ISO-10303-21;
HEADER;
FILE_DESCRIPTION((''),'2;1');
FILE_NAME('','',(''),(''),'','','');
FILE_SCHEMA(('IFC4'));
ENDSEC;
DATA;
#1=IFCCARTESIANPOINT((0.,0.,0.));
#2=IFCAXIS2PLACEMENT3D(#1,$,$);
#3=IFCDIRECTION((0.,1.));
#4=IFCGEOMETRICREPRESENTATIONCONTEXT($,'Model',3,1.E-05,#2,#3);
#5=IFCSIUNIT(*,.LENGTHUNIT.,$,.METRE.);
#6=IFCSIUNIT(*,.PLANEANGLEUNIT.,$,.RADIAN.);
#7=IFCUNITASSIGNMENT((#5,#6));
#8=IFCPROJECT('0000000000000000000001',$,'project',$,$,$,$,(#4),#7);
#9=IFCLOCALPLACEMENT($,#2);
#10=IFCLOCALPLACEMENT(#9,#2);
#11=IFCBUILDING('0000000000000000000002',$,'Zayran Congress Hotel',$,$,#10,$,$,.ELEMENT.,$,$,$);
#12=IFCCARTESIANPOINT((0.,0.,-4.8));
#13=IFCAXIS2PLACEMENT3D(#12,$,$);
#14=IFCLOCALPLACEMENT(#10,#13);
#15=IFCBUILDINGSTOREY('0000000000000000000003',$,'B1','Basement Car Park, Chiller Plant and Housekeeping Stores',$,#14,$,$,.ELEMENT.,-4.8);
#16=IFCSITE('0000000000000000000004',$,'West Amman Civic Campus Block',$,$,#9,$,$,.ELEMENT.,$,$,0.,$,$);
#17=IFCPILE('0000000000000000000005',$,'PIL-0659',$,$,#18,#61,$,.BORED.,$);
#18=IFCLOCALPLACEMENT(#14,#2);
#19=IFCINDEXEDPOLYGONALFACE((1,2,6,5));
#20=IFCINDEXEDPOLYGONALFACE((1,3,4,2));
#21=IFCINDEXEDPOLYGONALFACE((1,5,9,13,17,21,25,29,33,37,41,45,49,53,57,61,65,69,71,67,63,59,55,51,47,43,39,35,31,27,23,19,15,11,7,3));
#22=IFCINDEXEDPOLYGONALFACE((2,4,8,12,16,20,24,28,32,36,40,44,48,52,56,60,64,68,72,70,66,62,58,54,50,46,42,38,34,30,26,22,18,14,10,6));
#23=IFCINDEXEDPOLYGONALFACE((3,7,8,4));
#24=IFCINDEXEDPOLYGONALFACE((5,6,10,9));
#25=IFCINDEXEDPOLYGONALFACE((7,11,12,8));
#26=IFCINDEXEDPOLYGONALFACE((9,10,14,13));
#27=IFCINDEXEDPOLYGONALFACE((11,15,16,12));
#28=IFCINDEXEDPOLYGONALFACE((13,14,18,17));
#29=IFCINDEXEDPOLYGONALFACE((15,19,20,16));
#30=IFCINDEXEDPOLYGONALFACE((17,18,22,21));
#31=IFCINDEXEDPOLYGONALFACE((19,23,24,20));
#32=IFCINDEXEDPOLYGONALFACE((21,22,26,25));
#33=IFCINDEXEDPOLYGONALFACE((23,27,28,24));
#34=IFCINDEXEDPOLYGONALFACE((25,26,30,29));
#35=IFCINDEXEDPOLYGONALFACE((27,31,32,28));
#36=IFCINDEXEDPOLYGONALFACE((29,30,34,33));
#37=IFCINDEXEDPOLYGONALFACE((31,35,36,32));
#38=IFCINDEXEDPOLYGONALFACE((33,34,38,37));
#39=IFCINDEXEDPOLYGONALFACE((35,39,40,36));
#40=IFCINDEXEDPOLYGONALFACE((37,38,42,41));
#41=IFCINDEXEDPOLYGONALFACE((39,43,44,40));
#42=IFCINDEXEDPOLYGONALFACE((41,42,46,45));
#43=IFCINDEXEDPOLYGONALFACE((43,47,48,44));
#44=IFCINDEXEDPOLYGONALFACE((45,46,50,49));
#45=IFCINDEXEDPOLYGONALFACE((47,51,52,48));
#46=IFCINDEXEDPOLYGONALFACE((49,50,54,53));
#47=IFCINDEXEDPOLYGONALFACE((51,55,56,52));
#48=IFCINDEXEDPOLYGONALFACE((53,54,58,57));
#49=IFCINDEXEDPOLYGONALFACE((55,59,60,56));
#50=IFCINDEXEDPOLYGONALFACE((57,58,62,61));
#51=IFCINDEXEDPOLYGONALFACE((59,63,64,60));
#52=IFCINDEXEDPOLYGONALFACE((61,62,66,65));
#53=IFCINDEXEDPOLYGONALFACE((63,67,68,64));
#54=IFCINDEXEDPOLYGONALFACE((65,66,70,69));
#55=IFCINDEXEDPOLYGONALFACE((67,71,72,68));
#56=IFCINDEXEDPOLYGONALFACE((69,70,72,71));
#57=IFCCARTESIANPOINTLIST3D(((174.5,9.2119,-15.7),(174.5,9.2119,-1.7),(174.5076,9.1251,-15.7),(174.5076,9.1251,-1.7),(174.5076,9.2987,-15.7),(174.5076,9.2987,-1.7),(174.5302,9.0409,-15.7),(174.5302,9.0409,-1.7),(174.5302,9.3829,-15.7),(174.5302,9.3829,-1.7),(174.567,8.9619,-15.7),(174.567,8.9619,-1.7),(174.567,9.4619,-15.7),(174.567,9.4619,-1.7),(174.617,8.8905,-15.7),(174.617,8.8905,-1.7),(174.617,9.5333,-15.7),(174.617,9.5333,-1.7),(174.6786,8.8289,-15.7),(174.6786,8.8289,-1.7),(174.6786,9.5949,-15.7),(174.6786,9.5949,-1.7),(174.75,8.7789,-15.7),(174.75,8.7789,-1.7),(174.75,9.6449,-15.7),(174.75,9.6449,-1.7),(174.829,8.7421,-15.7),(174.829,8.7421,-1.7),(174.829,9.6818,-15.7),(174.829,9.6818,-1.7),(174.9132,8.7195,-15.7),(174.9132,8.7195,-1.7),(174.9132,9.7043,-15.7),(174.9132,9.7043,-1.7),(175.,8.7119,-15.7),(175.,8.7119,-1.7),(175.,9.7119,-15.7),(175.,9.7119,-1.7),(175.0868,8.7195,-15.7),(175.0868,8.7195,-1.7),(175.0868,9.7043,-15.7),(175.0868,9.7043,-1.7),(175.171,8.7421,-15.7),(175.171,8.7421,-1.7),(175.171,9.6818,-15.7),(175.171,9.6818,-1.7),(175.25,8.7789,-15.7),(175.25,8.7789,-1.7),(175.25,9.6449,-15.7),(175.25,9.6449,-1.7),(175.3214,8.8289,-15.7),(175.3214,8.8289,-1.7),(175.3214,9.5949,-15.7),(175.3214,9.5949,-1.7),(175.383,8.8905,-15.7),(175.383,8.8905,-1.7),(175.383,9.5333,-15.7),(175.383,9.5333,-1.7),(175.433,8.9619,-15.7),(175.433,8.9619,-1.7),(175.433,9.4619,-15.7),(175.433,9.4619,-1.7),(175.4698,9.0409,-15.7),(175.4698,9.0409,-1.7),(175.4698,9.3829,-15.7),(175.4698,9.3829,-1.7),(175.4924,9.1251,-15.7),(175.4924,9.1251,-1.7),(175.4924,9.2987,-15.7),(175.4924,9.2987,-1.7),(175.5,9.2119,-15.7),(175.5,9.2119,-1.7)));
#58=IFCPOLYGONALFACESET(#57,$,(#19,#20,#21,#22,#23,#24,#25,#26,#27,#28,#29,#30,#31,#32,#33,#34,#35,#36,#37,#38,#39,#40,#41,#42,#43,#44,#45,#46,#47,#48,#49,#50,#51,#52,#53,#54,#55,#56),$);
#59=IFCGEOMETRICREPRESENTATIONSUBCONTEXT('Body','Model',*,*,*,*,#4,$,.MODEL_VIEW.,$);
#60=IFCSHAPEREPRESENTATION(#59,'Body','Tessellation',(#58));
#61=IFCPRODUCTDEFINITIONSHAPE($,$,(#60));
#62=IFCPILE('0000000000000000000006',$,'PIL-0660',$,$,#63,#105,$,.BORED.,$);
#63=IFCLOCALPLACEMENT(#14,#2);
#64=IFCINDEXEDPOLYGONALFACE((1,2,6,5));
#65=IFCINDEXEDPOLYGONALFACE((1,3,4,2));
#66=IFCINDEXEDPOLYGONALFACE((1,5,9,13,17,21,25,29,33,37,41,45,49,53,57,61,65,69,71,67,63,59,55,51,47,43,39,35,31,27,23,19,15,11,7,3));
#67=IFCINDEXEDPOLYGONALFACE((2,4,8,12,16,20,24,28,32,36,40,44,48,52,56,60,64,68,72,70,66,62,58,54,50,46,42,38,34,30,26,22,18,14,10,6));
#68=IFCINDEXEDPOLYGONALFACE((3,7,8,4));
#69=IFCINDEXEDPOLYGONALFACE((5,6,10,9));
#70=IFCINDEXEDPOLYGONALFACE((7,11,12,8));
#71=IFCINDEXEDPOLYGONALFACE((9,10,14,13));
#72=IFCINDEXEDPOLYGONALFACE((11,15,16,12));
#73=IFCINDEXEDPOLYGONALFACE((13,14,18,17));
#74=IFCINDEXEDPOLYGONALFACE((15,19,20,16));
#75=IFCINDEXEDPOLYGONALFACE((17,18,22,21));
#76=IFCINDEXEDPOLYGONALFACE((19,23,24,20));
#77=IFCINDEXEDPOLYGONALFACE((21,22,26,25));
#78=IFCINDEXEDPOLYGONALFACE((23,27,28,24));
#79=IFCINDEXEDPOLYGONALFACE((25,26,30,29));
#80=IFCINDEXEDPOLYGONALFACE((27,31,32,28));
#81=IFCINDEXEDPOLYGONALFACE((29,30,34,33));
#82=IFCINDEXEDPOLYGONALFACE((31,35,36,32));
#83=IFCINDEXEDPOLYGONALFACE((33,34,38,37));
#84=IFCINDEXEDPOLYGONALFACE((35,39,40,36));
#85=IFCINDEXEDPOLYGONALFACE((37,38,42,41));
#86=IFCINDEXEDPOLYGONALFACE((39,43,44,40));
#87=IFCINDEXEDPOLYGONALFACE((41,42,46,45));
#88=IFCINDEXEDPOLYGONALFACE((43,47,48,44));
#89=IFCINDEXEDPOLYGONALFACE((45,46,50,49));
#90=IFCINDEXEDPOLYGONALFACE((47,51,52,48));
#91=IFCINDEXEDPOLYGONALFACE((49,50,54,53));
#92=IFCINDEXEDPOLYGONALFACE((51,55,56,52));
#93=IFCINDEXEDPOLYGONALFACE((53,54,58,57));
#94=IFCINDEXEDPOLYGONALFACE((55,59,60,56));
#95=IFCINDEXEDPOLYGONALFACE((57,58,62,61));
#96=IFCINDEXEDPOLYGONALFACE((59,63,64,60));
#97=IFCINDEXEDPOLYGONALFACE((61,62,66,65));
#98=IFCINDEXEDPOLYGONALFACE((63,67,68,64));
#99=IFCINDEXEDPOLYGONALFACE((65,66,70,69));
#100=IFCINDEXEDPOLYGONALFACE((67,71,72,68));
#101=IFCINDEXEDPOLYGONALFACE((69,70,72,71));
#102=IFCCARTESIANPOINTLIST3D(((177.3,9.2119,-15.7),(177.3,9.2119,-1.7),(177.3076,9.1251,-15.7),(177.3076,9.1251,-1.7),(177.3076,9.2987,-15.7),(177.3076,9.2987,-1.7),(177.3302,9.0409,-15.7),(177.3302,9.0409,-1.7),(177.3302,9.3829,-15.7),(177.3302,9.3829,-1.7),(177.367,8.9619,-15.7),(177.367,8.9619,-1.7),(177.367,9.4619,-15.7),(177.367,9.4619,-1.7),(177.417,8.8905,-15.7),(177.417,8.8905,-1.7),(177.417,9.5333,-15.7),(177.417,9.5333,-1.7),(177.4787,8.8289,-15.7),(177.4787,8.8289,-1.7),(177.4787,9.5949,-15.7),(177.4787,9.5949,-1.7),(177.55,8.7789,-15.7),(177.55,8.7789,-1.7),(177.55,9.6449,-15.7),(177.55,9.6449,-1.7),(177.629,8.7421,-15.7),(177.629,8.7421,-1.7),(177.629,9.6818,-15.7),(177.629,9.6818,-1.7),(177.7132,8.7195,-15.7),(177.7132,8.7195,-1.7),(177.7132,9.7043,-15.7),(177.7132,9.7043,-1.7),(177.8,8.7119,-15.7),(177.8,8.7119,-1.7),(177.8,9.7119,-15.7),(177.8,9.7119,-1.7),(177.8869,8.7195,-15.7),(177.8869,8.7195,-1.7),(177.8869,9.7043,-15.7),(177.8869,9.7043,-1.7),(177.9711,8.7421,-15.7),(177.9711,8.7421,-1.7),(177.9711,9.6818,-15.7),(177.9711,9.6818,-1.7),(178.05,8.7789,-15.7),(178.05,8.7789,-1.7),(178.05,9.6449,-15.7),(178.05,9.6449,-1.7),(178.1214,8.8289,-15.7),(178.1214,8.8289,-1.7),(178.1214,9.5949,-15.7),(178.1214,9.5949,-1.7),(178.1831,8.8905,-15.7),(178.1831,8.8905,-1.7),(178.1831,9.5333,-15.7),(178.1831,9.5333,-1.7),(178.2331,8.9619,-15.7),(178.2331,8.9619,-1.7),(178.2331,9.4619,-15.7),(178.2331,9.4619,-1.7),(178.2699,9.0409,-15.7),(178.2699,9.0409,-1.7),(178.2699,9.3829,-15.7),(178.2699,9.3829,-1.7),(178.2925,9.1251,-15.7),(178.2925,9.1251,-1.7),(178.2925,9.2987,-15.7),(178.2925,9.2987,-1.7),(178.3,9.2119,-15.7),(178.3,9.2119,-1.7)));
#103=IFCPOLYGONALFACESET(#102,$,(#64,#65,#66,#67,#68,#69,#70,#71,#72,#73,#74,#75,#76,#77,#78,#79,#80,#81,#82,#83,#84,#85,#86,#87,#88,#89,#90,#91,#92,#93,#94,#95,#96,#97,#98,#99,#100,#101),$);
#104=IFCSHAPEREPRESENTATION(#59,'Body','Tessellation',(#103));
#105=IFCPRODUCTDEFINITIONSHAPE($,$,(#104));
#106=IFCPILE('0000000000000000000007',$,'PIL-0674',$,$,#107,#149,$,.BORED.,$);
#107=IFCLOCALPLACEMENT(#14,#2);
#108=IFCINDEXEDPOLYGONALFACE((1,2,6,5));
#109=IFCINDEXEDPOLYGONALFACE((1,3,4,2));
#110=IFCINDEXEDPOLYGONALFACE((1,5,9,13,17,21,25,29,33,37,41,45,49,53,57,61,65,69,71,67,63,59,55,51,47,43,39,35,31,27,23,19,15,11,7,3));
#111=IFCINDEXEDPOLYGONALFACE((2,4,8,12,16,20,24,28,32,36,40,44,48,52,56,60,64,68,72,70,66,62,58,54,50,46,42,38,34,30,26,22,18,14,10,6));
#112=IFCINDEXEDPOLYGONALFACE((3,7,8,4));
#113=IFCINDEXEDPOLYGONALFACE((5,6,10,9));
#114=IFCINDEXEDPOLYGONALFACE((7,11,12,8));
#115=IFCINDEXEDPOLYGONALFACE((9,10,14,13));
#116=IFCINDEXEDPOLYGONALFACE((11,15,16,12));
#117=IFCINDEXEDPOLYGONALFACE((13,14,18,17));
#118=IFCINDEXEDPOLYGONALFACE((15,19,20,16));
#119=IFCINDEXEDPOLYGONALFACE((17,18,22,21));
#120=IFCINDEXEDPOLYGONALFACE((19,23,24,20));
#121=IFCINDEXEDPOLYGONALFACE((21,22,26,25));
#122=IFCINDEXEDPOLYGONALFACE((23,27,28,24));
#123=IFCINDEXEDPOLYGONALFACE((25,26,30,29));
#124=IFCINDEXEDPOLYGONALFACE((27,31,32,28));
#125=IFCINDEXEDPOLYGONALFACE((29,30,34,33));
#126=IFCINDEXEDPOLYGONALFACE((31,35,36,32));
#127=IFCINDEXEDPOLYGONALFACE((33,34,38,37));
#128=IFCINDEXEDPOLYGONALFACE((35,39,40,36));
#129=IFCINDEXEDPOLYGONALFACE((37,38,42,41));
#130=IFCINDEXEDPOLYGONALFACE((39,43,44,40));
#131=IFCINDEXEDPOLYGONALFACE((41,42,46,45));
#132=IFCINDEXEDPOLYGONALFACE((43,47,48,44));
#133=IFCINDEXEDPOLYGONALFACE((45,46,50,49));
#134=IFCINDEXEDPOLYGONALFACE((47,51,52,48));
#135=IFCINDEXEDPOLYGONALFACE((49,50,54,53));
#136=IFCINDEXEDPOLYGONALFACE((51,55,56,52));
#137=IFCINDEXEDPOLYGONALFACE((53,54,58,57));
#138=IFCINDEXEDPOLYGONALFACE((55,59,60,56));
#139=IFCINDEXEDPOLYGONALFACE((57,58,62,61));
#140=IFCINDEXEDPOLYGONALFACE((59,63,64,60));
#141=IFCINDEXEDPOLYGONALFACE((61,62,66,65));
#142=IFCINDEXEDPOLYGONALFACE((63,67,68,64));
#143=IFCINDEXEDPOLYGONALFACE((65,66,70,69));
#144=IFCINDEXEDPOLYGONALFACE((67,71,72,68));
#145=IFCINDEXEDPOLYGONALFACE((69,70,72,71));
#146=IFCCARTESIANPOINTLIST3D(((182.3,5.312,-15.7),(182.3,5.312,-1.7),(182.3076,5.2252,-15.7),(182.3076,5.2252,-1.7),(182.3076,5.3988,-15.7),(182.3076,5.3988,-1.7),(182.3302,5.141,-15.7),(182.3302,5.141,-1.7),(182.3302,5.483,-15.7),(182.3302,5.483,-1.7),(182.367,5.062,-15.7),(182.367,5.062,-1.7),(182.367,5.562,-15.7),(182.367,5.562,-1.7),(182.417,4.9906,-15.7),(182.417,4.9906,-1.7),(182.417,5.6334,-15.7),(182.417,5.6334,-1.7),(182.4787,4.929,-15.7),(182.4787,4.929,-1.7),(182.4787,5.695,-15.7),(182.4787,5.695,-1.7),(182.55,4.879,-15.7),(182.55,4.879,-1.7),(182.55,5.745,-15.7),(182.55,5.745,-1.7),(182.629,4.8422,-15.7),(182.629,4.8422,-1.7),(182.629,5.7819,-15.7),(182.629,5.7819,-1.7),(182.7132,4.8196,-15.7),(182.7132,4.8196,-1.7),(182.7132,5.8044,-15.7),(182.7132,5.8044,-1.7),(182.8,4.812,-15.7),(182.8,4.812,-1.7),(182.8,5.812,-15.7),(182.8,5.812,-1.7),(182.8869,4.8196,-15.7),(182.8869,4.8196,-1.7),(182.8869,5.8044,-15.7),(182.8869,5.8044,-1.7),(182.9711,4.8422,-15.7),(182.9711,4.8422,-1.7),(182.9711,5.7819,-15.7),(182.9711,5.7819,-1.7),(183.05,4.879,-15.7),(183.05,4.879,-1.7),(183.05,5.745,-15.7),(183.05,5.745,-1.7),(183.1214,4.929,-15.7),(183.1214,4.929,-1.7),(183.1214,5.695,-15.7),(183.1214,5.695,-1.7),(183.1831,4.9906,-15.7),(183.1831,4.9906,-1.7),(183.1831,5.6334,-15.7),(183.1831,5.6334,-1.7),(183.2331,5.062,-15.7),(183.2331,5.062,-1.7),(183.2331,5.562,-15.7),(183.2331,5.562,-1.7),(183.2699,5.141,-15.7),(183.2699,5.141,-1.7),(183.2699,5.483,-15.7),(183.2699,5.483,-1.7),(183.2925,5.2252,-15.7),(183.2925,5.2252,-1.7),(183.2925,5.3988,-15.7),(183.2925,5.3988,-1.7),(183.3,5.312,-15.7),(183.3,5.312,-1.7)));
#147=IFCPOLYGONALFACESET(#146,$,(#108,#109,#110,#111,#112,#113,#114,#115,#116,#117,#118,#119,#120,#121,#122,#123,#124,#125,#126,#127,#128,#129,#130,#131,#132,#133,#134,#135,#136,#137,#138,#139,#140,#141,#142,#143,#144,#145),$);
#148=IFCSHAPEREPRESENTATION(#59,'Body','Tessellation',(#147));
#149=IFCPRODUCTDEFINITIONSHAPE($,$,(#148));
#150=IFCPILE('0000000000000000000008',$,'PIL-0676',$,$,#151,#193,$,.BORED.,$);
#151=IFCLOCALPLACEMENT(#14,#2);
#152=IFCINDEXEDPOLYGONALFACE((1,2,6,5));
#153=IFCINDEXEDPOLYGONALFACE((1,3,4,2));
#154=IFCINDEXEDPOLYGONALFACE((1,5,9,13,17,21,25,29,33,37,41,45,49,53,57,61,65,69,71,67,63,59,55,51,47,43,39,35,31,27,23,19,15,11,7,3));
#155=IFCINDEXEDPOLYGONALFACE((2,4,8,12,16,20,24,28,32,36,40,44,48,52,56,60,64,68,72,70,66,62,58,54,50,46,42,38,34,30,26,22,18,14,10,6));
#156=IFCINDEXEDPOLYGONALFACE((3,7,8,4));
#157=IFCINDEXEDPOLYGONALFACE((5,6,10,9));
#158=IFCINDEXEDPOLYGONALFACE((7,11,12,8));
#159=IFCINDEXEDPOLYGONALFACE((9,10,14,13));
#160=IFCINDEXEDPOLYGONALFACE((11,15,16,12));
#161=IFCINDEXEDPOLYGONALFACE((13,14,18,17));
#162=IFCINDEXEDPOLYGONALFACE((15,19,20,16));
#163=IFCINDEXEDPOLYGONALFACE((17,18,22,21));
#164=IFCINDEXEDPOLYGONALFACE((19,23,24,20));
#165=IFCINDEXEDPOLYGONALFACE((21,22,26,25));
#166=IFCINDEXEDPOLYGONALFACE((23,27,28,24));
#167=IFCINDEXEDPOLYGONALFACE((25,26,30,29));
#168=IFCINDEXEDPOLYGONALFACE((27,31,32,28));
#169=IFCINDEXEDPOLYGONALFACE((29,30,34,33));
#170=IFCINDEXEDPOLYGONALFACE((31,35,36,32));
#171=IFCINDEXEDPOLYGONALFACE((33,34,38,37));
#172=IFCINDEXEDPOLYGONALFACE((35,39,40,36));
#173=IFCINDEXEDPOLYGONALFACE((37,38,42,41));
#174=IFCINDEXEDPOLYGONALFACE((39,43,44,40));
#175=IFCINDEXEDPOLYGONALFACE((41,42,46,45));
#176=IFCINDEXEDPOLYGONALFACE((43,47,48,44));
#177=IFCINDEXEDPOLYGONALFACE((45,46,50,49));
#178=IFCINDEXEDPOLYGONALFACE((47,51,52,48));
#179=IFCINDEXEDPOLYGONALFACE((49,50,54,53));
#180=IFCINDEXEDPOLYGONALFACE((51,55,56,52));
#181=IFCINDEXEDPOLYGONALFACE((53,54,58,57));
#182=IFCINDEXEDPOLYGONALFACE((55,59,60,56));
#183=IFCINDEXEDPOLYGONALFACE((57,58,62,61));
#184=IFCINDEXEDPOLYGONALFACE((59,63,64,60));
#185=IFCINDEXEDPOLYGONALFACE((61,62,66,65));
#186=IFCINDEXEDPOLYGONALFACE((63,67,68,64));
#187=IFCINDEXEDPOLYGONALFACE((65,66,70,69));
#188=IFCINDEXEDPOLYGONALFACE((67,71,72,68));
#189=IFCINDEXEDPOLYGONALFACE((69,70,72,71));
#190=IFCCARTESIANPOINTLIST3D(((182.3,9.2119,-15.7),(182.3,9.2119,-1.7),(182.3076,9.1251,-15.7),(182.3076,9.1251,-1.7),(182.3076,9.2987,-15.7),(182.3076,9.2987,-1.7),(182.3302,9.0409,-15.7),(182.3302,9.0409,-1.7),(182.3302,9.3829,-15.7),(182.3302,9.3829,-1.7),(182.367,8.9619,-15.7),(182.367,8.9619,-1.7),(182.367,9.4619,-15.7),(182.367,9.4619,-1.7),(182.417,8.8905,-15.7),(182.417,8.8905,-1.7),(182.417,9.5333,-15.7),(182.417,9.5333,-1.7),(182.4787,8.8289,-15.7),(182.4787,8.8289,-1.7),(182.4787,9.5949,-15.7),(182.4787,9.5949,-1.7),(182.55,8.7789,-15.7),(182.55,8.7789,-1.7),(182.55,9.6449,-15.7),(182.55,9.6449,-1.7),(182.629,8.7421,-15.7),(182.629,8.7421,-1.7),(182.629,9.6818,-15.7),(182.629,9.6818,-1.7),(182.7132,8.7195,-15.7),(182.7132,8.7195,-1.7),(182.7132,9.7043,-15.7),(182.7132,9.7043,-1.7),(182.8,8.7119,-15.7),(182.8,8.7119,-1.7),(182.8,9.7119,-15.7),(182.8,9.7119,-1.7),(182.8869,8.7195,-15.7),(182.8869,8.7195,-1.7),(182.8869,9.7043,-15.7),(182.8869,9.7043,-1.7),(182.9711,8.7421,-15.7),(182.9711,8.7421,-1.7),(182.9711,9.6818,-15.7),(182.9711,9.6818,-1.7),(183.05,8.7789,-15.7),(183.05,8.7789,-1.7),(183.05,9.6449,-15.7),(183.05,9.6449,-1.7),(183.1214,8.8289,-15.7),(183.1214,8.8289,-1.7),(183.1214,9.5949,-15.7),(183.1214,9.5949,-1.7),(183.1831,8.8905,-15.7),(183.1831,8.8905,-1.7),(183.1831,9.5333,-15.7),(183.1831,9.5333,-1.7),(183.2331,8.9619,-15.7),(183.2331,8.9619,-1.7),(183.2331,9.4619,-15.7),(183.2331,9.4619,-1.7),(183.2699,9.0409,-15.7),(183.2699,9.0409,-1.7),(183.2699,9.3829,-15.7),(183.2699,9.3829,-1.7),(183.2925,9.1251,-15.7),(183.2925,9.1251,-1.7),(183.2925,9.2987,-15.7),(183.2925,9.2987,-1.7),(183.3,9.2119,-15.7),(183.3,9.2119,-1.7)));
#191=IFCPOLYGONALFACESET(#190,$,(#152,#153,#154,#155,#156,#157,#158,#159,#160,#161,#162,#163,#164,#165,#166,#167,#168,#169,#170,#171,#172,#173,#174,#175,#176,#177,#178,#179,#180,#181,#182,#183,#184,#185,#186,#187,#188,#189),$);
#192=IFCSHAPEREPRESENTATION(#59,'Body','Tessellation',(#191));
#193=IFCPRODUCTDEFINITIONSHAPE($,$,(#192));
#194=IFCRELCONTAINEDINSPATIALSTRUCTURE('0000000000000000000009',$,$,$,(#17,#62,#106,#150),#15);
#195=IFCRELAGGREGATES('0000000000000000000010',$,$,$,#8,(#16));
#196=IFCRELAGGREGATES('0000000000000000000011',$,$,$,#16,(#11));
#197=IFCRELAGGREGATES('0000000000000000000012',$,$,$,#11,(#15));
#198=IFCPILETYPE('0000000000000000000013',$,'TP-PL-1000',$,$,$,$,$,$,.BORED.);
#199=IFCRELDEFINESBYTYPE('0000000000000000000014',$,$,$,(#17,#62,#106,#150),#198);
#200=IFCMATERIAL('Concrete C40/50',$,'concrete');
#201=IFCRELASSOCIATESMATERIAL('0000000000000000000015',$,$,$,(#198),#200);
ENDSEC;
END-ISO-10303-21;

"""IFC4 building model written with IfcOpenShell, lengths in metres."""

from ifc_helpers import new_model, si_unit, direction, frame, origin, origin_2d, place, context, subcontext, project, spatial, circle, extrude, material, material_profile, profile_set, type_object, element, save


model = new_model("IFC4")

# Units and contexts
model_context = context("Model", 3, precision=1e-05, world=origin(), true_north=direction((0.0, 1.0)))
body_context = subcontext(model_context, "Body", "Model", "MODEL_VIEW")
ifc_project = project(units=[si_unit("LENGTHUNIT", "METRE"), si_unit("PLANEANGLEUNIT", "RADIAN")], contexts=[model_context])

# Site, building, storey
site_placement = place(None, origin())
site = spatial("IfcSite", under=ifc_project, at=site_placement, Name="West Amman Civic Campus Block", CompositionType="ELEMENT", RefElevation=0.0)
building_placement = place(site_placement, origin())
building = spatial("IfcBuilding", under=site, at=building_placement, Name="Zayran Congress Hotel", CompositionType="ELEMENT")
storey_placement = place(building_placement, frame((0.0, 0.0, -4.8)))
storey = spatial("IfcBuildingStorey", under=building, at=storey_placement, Name="B1", Description="Basement Car Park, Chiller Plant and Housekeeping Stores", CompositionType="ELEMENT", Elevation=-4.8)

# Piles
ifc_material = material(Name="Concrete C40/50", Category="concrete")
ifc_material_profile_1 = material_profile(ifc_material, circle(Radius=0.5, at=origin_2d()), Name="PILE D1000")
ifc_profile_set_1 = profile_set([ifc_material_profile_1], Name="Concrete C40/50")
pile_type_1 = type_object("IfcPileType", Name="TP-PL-1000", PredefinedType="BORED", material=ifc_profile_set_1)
for number, where, z_axis, x_axis, name in (
    (1, (175.0, 9.2119, -1.7), (0.0, 0.0, -1.0), (1.0, 0.0, 0.0), "PIL-0659"),
    (2, (177.8, 9.2119, -1.7), (0.0, 0.0, -1.0), (1.0, 0.0, 0.0), "PIL-0660"),
    (3, (182.8, 5.312, -1.7), (0.0, 0.0, -1.0), (1.0, 0.0, 0.0), "PIL-0674"),
    (4, (182.8, 9.2119, -1.7), (0.0, 0.0, -1.0), (1.0, 0.0, 0.0), "PIL-0676"),
):
    element("IfcPile", number, at=place(storey_placement, frame(where, z_axis=z_axis, x_axis=x_axis)), inside=storey, type_object=pile_type_1, Name=name, PredefinedType="BORED", context=body_context, shape_type="SweptSolid", body=[
        extrude(circle(Radius=0.5, at=origin_2d()), origin(), (0.0, 0.0, 1.0), 14.0),
    ])

save(model, "model.ifc")
